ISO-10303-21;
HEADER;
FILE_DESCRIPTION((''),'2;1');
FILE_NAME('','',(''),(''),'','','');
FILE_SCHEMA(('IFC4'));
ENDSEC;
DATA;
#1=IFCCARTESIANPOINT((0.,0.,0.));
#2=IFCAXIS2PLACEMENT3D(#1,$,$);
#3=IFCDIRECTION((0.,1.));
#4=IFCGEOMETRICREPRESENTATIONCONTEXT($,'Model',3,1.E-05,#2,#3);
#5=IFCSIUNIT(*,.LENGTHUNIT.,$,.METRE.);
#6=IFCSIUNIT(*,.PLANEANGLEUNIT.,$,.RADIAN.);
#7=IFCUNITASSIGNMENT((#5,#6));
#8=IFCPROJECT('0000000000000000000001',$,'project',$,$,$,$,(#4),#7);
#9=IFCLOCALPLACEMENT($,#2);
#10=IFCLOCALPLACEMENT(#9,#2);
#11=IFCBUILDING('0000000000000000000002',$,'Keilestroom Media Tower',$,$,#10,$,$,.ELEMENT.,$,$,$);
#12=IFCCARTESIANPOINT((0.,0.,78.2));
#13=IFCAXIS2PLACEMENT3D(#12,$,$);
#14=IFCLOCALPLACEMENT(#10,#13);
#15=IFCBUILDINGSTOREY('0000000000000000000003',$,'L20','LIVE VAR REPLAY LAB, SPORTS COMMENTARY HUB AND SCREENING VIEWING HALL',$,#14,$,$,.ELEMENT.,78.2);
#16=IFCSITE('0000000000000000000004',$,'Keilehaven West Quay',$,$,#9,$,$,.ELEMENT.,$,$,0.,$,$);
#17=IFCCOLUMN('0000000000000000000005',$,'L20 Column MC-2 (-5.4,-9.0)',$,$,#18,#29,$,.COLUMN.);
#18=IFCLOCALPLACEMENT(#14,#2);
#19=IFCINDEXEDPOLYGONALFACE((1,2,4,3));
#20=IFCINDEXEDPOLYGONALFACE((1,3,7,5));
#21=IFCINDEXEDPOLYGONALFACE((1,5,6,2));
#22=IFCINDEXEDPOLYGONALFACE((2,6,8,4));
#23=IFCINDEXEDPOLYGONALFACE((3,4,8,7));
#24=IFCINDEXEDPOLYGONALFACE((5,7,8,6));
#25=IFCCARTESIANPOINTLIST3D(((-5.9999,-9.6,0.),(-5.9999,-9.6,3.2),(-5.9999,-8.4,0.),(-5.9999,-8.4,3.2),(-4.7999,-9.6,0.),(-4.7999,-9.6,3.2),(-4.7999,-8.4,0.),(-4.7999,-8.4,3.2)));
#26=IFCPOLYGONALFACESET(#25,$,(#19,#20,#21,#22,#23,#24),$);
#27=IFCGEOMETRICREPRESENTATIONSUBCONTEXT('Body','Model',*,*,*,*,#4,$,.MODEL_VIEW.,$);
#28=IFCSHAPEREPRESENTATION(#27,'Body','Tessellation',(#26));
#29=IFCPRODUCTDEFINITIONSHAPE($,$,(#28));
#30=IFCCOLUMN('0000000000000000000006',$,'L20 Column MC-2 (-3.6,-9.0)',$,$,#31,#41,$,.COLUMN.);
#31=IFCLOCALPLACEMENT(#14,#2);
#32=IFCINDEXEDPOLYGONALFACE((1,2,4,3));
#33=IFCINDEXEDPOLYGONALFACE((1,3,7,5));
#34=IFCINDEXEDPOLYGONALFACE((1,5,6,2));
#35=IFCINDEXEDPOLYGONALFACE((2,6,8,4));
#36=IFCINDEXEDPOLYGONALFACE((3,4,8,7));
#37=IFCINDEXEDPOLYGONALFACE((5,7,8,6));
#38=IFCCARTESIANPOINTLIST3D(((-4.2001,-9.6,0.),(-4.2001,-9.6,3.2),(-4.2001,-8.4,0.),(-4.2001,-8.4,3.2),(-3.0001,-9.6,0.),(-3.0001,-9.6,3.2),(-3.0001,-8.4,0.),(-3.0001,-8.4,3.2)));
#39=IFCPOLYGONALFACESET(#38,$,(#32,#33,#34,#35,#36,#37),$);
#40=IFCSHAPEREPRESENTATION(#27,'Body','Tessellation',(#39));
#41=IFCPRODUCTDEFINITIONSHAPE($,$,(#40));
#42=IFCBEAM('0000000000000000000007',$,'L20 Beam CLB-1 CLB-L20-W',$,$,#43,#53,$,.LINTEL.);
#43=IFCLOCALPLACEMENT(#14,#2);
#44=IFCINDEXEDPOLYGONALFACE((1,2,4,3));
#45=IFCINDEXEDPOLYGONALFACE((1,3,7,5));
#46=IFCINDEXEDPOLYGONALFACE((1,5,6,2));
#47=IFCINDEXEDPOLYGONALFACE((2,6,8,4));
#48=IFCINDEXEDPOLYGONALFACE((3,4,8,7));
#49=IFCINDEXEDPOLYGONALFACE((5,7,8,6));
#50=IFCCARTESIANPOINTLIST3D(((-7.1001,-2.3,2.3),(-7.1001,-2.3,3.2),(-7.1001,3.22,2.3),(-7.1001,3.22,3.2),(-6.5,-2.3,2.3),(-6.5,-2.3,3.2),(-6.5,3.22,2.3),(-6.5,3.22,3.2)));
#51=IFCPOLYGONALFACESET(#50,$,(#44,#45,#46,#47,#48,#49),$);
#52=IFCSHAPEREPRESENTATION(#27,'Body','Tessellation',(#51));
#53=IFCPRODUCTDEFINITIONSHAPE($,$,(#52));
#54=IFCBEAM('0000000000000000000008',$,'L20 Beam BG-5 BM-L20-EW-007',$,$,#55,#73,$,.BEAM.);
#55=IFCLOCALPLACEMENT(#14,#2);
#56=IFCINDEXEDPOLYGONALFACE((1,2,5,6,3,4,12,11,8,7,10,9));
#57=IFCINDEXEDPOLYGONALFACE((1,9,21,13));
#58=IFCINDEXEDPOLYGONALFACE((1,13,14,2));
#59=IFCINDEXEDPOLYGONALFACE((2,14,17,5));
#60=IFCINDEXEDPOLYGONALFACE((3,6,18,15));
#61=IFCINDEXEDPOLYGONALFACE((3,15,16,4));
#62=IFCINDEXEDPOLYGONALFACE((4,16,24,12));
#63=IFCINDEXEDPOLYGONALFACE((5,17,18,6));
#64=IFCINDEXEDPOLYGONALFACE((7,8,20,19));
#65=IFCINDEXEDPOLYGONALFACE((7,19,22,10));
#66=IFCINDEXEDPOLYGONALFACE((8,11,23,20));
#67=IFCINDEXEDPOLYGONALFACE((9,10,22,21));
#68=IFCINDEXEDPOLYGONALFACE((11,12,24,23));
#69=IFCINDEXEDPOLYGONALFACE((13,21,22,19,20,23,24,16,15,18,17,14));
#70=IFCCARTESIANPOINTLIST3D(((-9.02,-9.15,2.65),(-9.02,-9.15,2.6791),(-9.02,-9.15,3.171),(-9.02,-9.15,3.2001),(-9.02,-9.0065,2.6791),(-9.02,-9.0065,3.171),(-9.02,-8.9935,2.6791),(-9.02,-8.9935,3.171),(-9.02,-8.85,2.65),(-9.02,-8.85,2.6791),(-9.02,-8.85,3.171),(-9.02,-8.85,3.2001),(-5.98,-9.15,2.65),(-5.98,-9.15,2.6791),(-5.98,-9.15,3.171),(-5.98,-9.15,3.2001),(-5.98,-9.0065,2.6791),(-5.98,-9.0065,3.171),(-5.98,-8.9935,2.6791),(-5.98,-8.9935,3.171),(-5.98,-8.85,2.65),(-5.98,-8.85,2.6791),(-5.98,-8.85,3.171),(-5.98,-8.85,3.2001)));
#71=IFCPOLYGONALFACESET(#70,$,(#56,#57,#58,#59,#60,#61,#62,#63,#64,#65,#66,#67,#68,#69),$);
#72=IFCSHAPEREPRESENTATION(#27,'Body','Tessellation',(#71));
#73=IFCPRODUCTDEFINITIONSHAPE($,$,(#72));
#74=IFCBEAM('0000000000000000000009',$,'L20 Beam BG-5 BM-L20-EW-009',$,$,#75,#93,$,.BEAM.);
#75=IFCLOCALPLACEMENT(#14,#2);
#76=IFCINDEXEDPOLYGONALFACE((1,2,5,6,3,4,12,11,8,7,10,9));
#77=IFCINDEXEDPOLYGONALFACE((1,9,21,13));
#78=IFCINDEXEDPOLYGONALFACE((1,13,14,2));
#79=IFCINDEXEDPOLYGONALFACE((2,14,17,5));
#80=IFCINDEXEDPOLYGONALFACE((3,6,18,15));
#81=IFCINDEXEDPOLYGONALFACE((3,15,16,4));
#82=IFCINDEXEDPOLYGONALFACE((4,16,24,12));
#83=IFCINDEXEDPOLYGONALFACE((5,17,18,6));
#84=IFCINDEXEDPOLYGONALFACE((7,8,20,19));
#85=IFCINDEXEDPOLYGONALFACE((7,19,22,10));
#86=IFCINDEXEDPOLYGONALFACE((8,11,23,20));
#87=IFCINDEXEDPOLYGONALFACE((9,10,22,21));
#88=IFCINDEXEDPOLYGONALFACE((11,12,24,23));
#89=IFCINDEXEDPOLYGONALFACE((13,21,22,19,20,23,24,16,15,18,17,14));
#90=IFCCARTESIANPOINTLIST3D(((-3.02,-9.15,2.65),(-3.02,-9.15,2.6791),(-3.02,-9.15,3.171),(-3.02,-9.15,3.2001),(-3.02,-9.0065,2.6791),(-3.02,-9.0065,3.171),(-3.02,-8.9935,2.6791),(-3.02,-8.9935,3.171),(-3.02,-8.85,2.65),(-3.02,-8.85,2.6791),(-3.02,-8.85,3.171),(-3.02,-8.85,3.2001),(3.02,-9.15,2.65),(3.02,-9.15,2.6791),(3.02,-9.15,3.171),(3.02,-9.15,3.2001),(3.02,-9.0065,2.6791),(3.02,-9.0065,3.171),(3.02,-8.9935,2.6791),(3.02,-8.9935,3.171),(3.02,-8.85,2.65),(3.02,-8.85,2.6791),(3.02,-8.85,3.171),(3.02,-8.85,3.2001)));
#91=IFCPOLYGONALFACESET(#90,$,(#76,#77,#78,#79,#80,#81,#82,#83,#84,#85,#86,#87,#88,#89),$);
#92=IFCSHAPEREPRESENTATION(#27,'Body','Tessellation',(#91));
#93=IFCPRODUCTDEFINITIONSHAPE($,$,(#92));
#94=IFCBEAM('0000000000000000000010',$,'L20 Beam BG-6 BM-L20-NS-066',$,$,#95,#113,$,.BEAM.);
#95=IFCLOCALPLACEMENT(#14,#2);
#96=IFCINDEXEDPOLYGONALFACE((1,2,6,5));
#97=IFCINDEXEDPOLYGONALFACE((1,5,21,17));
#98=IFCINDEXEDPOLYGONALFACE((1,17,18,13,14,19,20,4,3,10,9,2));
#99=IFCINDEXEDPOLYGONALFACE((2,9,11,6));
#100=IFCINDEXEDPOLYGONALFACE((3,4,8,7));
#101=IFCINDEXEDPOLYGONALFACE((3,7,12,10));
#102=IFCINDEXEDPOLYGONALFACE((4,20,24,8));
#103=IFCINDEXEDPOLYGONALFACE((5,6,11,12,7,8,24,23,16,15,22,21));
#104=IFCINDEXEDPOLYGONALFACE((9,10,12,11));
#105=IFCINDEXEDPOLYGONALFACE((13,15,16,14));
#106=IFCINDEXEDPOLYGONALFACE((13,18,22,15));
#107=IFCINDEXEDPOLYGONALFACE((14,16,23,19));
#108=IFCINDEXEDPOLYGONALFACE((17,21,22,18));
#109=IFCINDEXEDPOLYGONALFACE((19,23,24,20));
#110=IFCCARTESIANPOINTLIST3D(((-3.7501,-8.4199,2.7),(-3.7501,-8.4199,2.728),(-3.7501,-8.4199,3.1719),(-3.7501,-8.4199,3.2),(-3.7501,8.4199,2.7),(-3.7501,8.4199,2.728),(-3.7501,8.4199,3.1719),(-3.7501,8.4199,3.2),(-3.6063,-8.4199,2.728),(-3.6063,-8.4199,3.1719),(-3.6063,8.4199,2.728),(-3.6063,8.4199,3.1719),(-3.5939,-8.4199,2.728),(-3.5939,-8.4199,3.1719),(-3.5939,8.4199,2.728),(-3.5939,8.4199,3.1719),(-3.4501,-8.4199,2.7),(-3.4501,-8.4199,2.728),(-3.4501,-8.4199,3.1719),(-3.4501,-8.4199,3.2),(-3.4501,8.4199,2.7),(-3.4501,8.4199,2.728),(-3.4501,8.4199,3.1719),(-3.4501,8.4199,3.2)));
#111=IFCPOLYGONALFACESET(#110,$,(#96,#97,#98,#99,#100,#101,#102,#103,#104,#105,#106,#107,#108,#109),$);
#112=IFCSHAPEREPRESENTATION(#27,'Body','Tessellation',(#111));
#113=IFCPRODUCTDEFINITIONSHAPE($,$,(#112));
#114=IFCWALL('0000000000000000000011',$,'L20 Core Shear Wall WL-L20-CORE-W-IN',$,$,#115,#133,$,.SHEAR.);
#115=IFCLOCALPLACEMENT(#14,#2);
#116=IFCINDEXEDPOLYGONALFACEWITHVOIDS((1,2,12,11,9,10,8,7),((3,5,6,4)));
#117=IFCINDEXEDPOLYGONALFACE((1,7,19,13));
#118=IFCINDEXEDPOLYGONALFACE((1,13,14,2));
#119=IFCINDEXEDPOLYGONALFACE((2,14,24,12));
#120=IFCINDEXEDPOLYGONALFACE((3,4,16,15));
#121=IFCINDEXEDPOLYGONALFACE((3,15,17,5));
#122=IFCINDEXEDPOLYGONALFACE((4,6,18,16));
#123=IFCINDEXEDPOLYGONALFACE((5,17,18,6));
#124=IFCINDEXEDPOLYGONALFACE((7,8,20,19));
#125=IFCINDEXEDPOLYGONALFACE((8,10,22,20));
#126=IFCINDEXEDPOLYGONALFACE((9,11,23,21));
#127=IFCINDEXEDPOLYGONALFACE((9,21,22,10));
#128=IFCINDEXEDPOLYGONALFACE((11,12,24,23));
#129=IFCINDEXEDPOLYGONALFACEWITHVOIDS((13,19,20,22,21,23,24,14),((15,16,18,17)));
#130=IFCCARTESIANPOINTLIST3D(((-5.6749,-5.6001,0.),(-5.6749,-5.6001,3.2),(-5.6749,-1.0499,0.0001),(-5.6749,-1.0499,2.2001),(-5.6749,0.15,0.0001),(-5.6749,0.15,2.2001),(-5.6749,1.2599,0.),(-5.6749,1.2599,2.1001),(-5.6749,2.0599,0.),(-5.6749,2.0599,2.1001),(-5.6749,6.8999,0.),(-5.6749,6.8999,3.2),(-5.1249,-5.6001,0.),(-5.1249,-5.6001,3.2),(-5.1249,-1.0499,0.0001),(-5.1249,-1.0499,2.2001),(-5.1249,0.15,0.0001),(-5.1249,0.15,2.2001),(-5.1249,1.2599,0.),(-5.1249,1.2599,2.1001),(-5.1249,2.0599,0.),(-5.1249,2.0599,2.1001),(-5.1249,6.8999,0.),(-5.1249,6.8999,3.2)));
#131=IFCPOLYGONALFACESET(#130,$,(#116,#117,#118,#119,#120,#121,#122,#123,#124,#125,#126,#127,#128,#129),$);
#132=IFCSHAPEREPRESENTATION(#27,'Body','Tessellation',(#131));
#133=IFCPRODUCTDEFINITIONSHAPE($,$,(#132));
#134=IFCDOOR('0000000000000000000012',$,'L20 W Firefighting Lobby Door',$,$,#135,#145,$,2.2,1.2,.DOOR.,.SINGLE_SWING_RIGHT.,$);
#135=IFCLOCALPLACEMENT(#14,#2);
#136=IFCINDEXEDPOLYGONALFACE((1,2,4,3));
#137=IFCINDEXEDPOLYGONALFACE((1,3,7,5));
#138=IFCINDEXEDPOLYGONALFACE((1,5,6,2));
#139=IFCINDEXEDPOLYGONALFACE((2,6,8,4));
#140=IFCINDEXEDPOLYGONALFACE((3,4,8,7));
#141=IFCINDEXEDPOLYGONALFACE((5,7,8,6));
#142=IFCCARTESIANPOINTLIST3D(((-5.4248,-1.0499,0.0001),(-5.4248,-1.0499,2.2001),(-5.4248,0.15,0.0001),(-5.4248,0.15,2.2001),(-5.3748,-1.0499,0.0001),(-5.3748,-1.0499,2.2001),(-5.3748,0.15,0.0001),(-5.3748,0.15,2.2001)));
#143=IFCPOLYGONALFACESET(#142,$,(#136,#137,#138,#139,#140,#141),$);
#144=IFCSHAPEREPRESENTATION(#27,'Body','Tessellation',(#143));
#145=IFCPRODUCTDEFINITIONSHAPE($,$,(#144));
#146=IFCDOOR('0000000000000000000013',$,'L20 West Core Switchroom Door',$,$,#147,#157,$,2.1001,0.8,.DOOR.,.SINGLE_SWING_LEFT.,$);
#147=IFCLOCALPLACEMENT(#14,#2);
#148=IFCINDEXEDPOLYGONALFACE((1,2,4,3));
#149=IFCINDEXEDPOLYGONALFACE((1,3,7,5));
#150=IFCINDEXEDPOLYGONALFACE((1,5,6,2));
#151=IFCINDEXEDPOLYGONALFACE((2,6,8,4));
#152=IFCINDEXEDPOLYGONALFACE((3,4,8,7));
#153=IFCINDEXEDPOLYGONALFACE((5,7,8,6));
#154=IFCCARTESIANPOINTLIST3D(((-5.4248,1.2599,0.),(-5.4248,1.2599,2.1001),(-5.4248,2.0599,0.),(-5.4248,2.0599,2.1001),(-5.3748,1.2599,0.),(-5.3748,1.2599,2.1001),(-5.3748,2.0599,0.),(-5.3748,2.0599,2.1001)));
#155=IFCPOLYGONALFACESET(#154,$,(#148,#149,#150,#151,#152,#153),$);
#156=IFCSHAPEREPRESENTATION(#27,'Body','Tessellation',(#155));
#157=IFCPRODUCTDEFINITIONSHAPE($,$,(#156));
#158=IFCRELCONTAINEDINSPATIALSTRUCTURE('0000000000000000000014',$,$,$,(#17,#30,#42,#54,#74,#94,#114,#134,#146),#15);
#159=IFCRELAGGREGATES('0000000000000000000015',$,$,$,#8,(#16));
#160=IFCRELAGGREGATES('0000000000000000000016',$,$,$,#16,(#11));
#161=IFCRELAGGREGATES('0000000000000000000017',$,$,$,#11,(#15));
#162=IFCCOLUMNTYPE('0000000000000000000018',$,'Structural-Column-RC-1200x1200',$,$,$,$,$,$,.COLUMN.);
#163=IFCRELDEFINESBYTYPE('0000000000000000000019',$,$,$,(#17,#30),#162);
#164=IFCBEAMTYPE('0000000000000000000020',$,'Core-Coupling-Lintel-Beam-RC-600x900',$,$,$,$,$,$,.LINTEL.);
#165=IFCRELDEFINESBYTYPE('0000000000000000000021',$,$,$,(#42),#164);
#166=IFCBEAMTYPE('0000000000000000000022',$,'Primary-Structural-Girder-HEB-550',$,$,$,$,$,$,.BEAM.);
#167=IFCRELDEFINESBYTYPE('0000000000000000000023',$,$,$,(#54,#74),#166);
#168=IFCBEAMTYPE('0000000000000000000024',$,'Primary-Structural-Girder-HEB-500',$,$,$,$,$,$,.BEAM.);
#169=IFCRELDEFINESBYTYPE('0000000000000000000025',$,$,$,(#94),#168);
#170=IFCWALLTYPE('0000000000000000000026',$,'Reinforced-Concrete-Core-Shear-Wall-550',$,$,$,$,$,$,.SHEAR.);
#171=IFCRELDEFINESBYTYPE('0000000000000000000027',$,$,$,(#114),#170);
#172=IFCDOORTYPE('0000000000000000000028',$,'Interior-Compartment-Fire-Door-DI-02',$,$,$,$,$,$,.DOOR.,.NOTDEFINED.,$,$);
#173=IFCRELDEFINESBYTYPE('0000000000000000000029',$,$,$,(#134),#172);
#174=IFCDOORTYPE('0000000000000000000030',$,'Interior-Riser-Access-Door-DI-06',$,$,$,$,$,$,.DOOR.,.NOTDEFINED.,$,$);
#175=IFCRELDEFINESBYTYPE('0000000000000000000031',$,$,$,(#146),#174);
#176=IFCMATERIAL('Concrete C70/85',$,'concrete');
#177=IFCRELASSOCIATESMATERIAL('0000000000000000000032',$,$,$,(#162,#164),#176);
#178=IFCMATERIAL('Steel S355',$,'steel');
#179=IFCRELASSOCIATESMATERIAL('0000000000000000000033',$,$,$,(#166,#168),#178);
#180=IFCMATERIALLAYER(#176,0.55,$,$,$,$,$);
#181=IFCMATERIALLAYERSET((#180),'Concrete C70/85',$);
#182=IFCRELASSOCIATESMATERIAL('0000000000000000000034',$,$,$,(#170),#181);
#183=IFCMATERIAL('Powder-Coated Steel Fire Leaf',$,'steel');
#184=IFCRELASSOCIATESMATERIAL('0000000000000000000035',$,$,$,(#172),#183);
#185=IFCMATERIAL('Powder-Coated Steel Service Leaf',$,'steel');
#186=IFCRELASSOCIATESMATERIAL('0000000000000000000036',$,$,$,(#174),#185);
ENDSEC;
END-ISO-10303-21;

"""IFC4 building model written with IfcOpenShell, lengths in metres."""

from ifc_helpers import new_model, si_unit, direction, frame, frame_2d, origin, origin_2d, place, context, subcontext, project, spatial, rectangle, i_section, extrude, source, transform, mapped, material, layer, layer_set, material_profile, profile_set, type_object, element, fill, save


model = new_model("IFC4")

# Units and contexts
model_context = context("Model", 3, precision=1e-05, world=origin(), true_north=direction((0.0, 1.0)))
body_context = subcontext(model_context, "Body", "Model", "MODEL_VIEW")
ifc_project = project(units=[si_unit("LENGTHUNIT", "METRE"), si_unit("PLANEANGLEUNIT", "RADIAN")], contexts=[model_context])

# Site, building, storey
site_placement = place(None, origin())
site = spatial("IfcSite", under=ifc_project, at=site_placement, Name="Keilehaven West Quay", CompositionType="ELEMENT", RefElevation=0.0)
building_placement = place(site_placement, origin())
building = spatial("IfcBuilding", under=site, at=building_placement, Name="Keilestroom Media Tower", CompositionType="ELEMENT")
storey_placement = place(building_placement, frame((0.0, 0.0, 78.2)))
storey = spatial("IfcBuildingStorey", under=building, at=storey_placement, Name="L20", Description="LIVE VAR REPLAY LAB, SPORTS COMMENTARY HUB AND SCREENING VIEWING HALL", CompositionType="ELEMENT", Elevation=78.2)

# Columns
ifc_material_1 = material(Name="Concrete C70/85", Category="concrete")
ifc_material_profile_1 = material_profile(ifc_material_1, rectangle(XDim=1.2, YDim=1.2, at=origin_2d()), Name="RC 1200x1200")
ifc_profile_set_1 = profile_set([ifc_material_profile_1], Name="Concrete C70/85")
column_type = type_object("IfcColumnType", Name="Structural-Column-RC-1200x1200", PredefinedType="COLUMN", material=ifc_profile_set_1)
shared_shape_1 = source(origin(), body_context, "Body", "SweptSolid", [
    extrude(rectangle(XDim=1.2, YDim=1.2, at=origin_2d()), origin(), (0.0, 0.0, 1.0), 3.2),
])
for number, where, z_axis, x_axis, name in (
    (1, (-5.3999, -9.0, 0.0), (0.0, 0.0, 1.0), (1.0, 0.0, 0.0), "L20 Column MC-2 (-5.4,-9.0)"),
    (2, (-3.6001, -9.0, 0.0), (0.0, 0.0, 1.0), (1.0, 0.0, 0.0), "L20 Column MC-2 (-3.6,-9.0)"),
):
    element("IfcColumn", number, at=place(storey_placement, frame(where, z_axis=z_axis, x_axis=x_axis)), inside=storey, type_object=column_type, Name=name, PredefinedType="COLUMN", context=body_context, shape_type="MappedRepresentation", body=[
        mapped(shared_shape_1, transform((0.0, 0.0, 0.0), x_axis=(1.0, 0.0, 0.0), y_axis=(0.0, 1.0, 0.0), z_axis=(0.0, 0.0, 1.0), scale=1.0)),
    ])

# Beams
ifc_material_profile_2 = material_profile(ifc_material_1, rectangle(XDim=0.6001, YDim=0.8999, at=origin_2d()), Name="RC 600x900")
ifc_profile_set_2 = profile_set([ifc_material_profile_2], Name="Concrete C70/85")
beam_type_1 = type_object("IfcBeamType", Name="Core-Coupling-Lintel-Beam-RC-600x900", PredefinedType="LINTEL", material=ifc_profile_set_2)
shared_shape_2 = source(origin(), body_context, "Body", "SweptSolid", [
    extrude(rectangle(XDim=0.6001, YDim=0.8999, at=origin_2d()), origin(), (0.0, 0.0, 1.0), 5.52),
])
beam_1_placement = place(storey_placement, frame((-6.8, -2.3, 2.75), z_axis=(0.0, 1.0, 0.0), x_axis=(-1.0, 0.0, 0.0)))
element("IfcBeam", 3, at=beam_1_placement, inside=storey, type_object=beam_type_1, Name="L20 Beam CLB-1 CLB-L20-W", PredefinedType="LINTEL", context=body_context, shape_type="MappedRepresentation", body=[
    mapped(shared_shape_2, transform((0.0, 0.0, 0.0), x_axis=(1.0, 0.0, 0.0), y_axis=(0.0, 1.0, 0.0), z_axis=(0.0, 0.0, 1.0), scale=1.0)),
])
ifc_material_2 = material(Name="Steel S355", Category="steel")
ifc_material_profile_3 = material_profile(ifc_material_2, i_section(OverallWidth=0.3, OverallDepth=0.55, WebThickness=0.0129, FlangeThickness=0.0291, at=origin_2d()), Name="HEB 550")
ifc_profile_set_3 = profile_set([ifc_material_profile_3], Name="Steel S355")
beam_type_2 = type_object("IfcBeamType", Name="Primary-Structural-Girder-HEB-550", PredefinedType="BEAM", material=ifc_profile_set_3)
shared_shape_3 = source(origin(), body_context, "Body", "SweptSolid", [
    extrude(i_section(OverallWidth=0.3, OverallDepth=0.55, WebThickness=0.0129, FlangeThickness=0.0291, at=origin_2d()), origin(), (0.0, 0.0, 1.0), 3.04),
])
beam_2_placement = place(storey_placement, frame((-9.02, -9.0, 2.925), z_axis=(1.0, 0.0, 0.0), x_axis=(0.0, 1.0, 0.0)))
element("IfcBeam", 4, at=beam_2_placement, inside=storey, type_object=beam_type_2, Name="L20 Beam BG-5 BM-L20-EW-007", PredefinedType="BEAM", context=body_context, shape_type="MappedRepresentation", body=[
    mapped(shared_shape_3, transform((0.0, 0.0, 0.0), x_axis=(1.0, 0.0, 0.0), y_axis=(0.0, 1.0, 0.0), z_axis=(0.0, 0.0, 1.0), scale=1.0)),
])
shared_shape_4 = source(origin(), body_context, "Body", "SweptSolid", [
    extrude(i_section(OverallWidth=0.3, OverallDepth=0.55, WebThickness=0.0129, FlangeThickness=0.0291, at=origin_2d()), origin(), (0.0, 0.0, 1.0), 6.04),
])
beam_3_placement = place(storey_placement, frame((-3.02, -9.0, 2.925), z_axis=(1.0, 0.0, 0.0), x_axis=(0.0, 1.0, 0.0)))
element("IfcBeam", 5, at=beam_3_placement, inside=storey, type_object=beam_type_2, Name="L20 Beam BG-5 BM-L20-EW-009", PredefinedType="BEAM", context=body_context, shape_type="MappedRepresentation", body=[
    mapped(shared_shape_4, transform((0.0, 0.0, 0.0), x_axis=(1.0, 0.0, 0.0), y_axis=(0.0, 1.0, 0.0), z_axis=(0.0, 0.0, 1.0), scale=1.0)),
])
ifc_material_profile_4 = material_profile(ifc_material_2, i_section(OverallWidth=0.3, OverallDepth=0.5, WebThickness=0.0125, FlangeThickness=0.0281, at=origin_2d()), Name="HEB 500")
ifc_profile_set_4 = profile_set([ifc_material_profile_4], Name="Steel S355")
beam_type_3 = type_object("IfcBeamType", Name="Primary-Structural-Girder-HEB-500", PredefinedType="BEAM", material=ifc_profile_set_4)
shared_shape_5 = source(origin(), body_context, "Body", "SweptSolid", [
    extrude(i_section(OverallWidth=0.3, OverallDepth=0.5, WebThickness=0.0125, FlangeThickness=0.0281, at=origin_2d()), origin(), (0.0, 0.0, 1.0), 16.8398),
])
beam_4_placement = place(storey_placement, frame((-3.6001, -8.4199, 2.95), z_axis=(0.0, 1.0, 0.0), x_axis=(-1.0, 0.0, 0.0)))
element("IfcBeam", 6, at=beam_4_placement, inside=storey, type_object=beam_type_3, Name="L20 Beam BG-6 BM-L20-NS-066", PredefinedType="BEAM", context=body_context, shape_type="MappedRepresentation", body=[
    mapped(shared_shape_5, transform((0.0, 0.0, 0.0), x_axis=(1.0, 0.0, 0.0), y_axis=(0.0, 1.0, 0.0), z_axis=(0.0, 0.0, 1.0), scale=1.0)),
])

# Wall, openings, doors
ifc_layer_1 = layer(ifc_material_1, 0.55)
ifc_layer_set_1 = layer_set([ifc_layer_1], Name="Concrete C70/85")
wall_type_1 = type_object("IfcWallType", Name="Reinforced-Concrete-Core-Shear-Wall-550", PredefinedType="SHEAR", material=ifc_layer_set_1)
wall_1_placement = place(storey_placement, frame((-5.3999, -5.6001, 0.0), z_axis=(0.0, 0.0, 1.0), x_axis=(0.0, 1.0, 0.0)))
wall_1 = element("IfcWall", 7, at=wall_1_placement, inside=storey, type_object=wall_type_1, Name="L20 Core Shear Wall WL-L20-CORE-W-IN", PredefinedType="SHEAR", context=body_context, shape_type="SweptSolid", body=[
    extrude(rectangle(XDim=12.5, YDim=0.55, at=frame_2d((6.25, 0.0))), origin(), (0.0, 0.0, 1.0), 3.2),
])
opening_1_placement = place(wall_1_placement, frame((4.55, 0.0, 0.0)))
opening_1 = element("IfcOpeningElement", 8, at=opening_1_placement, cuts=wall_1, PredefinedType="OPENING", context=body_context, shape_type="SweptSolid", body=[
    extrude(rectangle(XDim=1.2, YDim=2.2, at=frame_2d((0.6001, 1.1001))), frame((0.0, 0.2852, 0.0), z_axis=(0.0, -1.0, 0.0), x_axis=(1.0, 0.0, 0.0)), (0.0, 0.0, 1.0), 0.5701),
])
opening_2_placement = place(wall_1_placement, frame((6.8601, 0.0, 0.0)))
opening_2 = element("IfcOpeningElement", 9, at=opening_2_placement, cuts=wall_1, PredefinedType="OPENING", context=body_context, shape_type="SweptSolid", body=[
    extrude(rectangle(XDim=0.8, YDim=2.1001, at=frame_2d((0.3999, 1.05))), frame((0.0, 0.2852, 0.0), z_axis=(0.0, -1.0, 0.0), x_axis=(1.0, 0.0, 0.0)), (0.0, 0.0, 1.0), 0.5701),
])
ifc_material_3 = material(Name="Powder-Coated Steel Fire Leaf", Category="steel")
door_type_1 = type_object("IfcDoorType", Name="Interior-Compartment-Fire-Door-DI-02", OperationType="NOTDEFINED", PredefinedType="DOOR", material=ifc_material_3)
shared_shape_6 = source(origin(), body_context, "Body", "SweptSolid", [
    extrude(rectangle(XDim=1.2, YDim=2.2, at=frame_2d((0.6001, 1.1001))), frame((0.0, 0.0249, 0.0), z_axis=(0.0, -1.0, 0.0), x_axis=(1.0, 0.0, 0.0)), (0.0, 0.0, 1.0), 0.05),
])
door_1_placement = place(opening_1_placement, origin())
door_1 = element("IfcDoor", 10, at=door_1_placement, inside=storey, type_object=door_type_1, Name="L20 W Firefighting Lobby Door", OperationType="SINGLE_SWING_RIGHT", OverallHeight=2.2, OverallWidth=1.2, PredefinedType="DOOR", context=body_context, shape_type="MappedRepresentation", body=[
    mapped(shared_shape_6, transform((0.0, 0.0, 0.0), x_axis=(1.0, 0.0, 0.0), y_axis=(0.0, 1.0, 0.0), z_axis=(0.0, 0.0, 1.0), scale=1.0)),
])
fill(opening_1, door_1)
ifc_material_4 = material(Name="Powder-Coated Steel Service Leaf", Category="steel")
door_type_2 = type_object("IfcDoorType", Name="Interior-Riser-Access-Door-DI-06", OperationType="NOTDEFINED", PredefinedType="DOOR", material=ifc_material_4)
shared_shape_7 = source(origin(), body_context, "Body", "SweptSolid", [
    extrude(rectangle(XDim=0.8, YDim=2.1001, at=frame_2d((0.3999, 1.05))), frame((0.0, 0.0249, 0.0), z_axis=(0.0, -1.0, 0.0), x_axis=(1.0, 0.0, 0.0)), (0.0, 0.0, 1.0), 0.05),
])
door_2_placement = place(opening_2_placement, origin())
door_2 = element("IfcDoor", 11, at=door_2_placement, inside=storey, type_object=door_type_2, Name="L20 West Core Switchroom Door", OperationType="SINGLE_SWING_LEFT", OverallHeight=2.1001, OverallWidth=0.8, PredefinedType="DOOR", context=body_context, shape_type="MappedRepresentation", body=[
    mapped(shared_shape_7, transform((0.0, 0.0, 0.0), x_axis=(1.0, 0.0, 0.0), y_axis=(0.0, 1.0, 0.0), z_axis=(0.0, 0.0, 1.0), scale=1.0)),
])
fill(opening_2, door_2)

save(model, "model.ifc")
